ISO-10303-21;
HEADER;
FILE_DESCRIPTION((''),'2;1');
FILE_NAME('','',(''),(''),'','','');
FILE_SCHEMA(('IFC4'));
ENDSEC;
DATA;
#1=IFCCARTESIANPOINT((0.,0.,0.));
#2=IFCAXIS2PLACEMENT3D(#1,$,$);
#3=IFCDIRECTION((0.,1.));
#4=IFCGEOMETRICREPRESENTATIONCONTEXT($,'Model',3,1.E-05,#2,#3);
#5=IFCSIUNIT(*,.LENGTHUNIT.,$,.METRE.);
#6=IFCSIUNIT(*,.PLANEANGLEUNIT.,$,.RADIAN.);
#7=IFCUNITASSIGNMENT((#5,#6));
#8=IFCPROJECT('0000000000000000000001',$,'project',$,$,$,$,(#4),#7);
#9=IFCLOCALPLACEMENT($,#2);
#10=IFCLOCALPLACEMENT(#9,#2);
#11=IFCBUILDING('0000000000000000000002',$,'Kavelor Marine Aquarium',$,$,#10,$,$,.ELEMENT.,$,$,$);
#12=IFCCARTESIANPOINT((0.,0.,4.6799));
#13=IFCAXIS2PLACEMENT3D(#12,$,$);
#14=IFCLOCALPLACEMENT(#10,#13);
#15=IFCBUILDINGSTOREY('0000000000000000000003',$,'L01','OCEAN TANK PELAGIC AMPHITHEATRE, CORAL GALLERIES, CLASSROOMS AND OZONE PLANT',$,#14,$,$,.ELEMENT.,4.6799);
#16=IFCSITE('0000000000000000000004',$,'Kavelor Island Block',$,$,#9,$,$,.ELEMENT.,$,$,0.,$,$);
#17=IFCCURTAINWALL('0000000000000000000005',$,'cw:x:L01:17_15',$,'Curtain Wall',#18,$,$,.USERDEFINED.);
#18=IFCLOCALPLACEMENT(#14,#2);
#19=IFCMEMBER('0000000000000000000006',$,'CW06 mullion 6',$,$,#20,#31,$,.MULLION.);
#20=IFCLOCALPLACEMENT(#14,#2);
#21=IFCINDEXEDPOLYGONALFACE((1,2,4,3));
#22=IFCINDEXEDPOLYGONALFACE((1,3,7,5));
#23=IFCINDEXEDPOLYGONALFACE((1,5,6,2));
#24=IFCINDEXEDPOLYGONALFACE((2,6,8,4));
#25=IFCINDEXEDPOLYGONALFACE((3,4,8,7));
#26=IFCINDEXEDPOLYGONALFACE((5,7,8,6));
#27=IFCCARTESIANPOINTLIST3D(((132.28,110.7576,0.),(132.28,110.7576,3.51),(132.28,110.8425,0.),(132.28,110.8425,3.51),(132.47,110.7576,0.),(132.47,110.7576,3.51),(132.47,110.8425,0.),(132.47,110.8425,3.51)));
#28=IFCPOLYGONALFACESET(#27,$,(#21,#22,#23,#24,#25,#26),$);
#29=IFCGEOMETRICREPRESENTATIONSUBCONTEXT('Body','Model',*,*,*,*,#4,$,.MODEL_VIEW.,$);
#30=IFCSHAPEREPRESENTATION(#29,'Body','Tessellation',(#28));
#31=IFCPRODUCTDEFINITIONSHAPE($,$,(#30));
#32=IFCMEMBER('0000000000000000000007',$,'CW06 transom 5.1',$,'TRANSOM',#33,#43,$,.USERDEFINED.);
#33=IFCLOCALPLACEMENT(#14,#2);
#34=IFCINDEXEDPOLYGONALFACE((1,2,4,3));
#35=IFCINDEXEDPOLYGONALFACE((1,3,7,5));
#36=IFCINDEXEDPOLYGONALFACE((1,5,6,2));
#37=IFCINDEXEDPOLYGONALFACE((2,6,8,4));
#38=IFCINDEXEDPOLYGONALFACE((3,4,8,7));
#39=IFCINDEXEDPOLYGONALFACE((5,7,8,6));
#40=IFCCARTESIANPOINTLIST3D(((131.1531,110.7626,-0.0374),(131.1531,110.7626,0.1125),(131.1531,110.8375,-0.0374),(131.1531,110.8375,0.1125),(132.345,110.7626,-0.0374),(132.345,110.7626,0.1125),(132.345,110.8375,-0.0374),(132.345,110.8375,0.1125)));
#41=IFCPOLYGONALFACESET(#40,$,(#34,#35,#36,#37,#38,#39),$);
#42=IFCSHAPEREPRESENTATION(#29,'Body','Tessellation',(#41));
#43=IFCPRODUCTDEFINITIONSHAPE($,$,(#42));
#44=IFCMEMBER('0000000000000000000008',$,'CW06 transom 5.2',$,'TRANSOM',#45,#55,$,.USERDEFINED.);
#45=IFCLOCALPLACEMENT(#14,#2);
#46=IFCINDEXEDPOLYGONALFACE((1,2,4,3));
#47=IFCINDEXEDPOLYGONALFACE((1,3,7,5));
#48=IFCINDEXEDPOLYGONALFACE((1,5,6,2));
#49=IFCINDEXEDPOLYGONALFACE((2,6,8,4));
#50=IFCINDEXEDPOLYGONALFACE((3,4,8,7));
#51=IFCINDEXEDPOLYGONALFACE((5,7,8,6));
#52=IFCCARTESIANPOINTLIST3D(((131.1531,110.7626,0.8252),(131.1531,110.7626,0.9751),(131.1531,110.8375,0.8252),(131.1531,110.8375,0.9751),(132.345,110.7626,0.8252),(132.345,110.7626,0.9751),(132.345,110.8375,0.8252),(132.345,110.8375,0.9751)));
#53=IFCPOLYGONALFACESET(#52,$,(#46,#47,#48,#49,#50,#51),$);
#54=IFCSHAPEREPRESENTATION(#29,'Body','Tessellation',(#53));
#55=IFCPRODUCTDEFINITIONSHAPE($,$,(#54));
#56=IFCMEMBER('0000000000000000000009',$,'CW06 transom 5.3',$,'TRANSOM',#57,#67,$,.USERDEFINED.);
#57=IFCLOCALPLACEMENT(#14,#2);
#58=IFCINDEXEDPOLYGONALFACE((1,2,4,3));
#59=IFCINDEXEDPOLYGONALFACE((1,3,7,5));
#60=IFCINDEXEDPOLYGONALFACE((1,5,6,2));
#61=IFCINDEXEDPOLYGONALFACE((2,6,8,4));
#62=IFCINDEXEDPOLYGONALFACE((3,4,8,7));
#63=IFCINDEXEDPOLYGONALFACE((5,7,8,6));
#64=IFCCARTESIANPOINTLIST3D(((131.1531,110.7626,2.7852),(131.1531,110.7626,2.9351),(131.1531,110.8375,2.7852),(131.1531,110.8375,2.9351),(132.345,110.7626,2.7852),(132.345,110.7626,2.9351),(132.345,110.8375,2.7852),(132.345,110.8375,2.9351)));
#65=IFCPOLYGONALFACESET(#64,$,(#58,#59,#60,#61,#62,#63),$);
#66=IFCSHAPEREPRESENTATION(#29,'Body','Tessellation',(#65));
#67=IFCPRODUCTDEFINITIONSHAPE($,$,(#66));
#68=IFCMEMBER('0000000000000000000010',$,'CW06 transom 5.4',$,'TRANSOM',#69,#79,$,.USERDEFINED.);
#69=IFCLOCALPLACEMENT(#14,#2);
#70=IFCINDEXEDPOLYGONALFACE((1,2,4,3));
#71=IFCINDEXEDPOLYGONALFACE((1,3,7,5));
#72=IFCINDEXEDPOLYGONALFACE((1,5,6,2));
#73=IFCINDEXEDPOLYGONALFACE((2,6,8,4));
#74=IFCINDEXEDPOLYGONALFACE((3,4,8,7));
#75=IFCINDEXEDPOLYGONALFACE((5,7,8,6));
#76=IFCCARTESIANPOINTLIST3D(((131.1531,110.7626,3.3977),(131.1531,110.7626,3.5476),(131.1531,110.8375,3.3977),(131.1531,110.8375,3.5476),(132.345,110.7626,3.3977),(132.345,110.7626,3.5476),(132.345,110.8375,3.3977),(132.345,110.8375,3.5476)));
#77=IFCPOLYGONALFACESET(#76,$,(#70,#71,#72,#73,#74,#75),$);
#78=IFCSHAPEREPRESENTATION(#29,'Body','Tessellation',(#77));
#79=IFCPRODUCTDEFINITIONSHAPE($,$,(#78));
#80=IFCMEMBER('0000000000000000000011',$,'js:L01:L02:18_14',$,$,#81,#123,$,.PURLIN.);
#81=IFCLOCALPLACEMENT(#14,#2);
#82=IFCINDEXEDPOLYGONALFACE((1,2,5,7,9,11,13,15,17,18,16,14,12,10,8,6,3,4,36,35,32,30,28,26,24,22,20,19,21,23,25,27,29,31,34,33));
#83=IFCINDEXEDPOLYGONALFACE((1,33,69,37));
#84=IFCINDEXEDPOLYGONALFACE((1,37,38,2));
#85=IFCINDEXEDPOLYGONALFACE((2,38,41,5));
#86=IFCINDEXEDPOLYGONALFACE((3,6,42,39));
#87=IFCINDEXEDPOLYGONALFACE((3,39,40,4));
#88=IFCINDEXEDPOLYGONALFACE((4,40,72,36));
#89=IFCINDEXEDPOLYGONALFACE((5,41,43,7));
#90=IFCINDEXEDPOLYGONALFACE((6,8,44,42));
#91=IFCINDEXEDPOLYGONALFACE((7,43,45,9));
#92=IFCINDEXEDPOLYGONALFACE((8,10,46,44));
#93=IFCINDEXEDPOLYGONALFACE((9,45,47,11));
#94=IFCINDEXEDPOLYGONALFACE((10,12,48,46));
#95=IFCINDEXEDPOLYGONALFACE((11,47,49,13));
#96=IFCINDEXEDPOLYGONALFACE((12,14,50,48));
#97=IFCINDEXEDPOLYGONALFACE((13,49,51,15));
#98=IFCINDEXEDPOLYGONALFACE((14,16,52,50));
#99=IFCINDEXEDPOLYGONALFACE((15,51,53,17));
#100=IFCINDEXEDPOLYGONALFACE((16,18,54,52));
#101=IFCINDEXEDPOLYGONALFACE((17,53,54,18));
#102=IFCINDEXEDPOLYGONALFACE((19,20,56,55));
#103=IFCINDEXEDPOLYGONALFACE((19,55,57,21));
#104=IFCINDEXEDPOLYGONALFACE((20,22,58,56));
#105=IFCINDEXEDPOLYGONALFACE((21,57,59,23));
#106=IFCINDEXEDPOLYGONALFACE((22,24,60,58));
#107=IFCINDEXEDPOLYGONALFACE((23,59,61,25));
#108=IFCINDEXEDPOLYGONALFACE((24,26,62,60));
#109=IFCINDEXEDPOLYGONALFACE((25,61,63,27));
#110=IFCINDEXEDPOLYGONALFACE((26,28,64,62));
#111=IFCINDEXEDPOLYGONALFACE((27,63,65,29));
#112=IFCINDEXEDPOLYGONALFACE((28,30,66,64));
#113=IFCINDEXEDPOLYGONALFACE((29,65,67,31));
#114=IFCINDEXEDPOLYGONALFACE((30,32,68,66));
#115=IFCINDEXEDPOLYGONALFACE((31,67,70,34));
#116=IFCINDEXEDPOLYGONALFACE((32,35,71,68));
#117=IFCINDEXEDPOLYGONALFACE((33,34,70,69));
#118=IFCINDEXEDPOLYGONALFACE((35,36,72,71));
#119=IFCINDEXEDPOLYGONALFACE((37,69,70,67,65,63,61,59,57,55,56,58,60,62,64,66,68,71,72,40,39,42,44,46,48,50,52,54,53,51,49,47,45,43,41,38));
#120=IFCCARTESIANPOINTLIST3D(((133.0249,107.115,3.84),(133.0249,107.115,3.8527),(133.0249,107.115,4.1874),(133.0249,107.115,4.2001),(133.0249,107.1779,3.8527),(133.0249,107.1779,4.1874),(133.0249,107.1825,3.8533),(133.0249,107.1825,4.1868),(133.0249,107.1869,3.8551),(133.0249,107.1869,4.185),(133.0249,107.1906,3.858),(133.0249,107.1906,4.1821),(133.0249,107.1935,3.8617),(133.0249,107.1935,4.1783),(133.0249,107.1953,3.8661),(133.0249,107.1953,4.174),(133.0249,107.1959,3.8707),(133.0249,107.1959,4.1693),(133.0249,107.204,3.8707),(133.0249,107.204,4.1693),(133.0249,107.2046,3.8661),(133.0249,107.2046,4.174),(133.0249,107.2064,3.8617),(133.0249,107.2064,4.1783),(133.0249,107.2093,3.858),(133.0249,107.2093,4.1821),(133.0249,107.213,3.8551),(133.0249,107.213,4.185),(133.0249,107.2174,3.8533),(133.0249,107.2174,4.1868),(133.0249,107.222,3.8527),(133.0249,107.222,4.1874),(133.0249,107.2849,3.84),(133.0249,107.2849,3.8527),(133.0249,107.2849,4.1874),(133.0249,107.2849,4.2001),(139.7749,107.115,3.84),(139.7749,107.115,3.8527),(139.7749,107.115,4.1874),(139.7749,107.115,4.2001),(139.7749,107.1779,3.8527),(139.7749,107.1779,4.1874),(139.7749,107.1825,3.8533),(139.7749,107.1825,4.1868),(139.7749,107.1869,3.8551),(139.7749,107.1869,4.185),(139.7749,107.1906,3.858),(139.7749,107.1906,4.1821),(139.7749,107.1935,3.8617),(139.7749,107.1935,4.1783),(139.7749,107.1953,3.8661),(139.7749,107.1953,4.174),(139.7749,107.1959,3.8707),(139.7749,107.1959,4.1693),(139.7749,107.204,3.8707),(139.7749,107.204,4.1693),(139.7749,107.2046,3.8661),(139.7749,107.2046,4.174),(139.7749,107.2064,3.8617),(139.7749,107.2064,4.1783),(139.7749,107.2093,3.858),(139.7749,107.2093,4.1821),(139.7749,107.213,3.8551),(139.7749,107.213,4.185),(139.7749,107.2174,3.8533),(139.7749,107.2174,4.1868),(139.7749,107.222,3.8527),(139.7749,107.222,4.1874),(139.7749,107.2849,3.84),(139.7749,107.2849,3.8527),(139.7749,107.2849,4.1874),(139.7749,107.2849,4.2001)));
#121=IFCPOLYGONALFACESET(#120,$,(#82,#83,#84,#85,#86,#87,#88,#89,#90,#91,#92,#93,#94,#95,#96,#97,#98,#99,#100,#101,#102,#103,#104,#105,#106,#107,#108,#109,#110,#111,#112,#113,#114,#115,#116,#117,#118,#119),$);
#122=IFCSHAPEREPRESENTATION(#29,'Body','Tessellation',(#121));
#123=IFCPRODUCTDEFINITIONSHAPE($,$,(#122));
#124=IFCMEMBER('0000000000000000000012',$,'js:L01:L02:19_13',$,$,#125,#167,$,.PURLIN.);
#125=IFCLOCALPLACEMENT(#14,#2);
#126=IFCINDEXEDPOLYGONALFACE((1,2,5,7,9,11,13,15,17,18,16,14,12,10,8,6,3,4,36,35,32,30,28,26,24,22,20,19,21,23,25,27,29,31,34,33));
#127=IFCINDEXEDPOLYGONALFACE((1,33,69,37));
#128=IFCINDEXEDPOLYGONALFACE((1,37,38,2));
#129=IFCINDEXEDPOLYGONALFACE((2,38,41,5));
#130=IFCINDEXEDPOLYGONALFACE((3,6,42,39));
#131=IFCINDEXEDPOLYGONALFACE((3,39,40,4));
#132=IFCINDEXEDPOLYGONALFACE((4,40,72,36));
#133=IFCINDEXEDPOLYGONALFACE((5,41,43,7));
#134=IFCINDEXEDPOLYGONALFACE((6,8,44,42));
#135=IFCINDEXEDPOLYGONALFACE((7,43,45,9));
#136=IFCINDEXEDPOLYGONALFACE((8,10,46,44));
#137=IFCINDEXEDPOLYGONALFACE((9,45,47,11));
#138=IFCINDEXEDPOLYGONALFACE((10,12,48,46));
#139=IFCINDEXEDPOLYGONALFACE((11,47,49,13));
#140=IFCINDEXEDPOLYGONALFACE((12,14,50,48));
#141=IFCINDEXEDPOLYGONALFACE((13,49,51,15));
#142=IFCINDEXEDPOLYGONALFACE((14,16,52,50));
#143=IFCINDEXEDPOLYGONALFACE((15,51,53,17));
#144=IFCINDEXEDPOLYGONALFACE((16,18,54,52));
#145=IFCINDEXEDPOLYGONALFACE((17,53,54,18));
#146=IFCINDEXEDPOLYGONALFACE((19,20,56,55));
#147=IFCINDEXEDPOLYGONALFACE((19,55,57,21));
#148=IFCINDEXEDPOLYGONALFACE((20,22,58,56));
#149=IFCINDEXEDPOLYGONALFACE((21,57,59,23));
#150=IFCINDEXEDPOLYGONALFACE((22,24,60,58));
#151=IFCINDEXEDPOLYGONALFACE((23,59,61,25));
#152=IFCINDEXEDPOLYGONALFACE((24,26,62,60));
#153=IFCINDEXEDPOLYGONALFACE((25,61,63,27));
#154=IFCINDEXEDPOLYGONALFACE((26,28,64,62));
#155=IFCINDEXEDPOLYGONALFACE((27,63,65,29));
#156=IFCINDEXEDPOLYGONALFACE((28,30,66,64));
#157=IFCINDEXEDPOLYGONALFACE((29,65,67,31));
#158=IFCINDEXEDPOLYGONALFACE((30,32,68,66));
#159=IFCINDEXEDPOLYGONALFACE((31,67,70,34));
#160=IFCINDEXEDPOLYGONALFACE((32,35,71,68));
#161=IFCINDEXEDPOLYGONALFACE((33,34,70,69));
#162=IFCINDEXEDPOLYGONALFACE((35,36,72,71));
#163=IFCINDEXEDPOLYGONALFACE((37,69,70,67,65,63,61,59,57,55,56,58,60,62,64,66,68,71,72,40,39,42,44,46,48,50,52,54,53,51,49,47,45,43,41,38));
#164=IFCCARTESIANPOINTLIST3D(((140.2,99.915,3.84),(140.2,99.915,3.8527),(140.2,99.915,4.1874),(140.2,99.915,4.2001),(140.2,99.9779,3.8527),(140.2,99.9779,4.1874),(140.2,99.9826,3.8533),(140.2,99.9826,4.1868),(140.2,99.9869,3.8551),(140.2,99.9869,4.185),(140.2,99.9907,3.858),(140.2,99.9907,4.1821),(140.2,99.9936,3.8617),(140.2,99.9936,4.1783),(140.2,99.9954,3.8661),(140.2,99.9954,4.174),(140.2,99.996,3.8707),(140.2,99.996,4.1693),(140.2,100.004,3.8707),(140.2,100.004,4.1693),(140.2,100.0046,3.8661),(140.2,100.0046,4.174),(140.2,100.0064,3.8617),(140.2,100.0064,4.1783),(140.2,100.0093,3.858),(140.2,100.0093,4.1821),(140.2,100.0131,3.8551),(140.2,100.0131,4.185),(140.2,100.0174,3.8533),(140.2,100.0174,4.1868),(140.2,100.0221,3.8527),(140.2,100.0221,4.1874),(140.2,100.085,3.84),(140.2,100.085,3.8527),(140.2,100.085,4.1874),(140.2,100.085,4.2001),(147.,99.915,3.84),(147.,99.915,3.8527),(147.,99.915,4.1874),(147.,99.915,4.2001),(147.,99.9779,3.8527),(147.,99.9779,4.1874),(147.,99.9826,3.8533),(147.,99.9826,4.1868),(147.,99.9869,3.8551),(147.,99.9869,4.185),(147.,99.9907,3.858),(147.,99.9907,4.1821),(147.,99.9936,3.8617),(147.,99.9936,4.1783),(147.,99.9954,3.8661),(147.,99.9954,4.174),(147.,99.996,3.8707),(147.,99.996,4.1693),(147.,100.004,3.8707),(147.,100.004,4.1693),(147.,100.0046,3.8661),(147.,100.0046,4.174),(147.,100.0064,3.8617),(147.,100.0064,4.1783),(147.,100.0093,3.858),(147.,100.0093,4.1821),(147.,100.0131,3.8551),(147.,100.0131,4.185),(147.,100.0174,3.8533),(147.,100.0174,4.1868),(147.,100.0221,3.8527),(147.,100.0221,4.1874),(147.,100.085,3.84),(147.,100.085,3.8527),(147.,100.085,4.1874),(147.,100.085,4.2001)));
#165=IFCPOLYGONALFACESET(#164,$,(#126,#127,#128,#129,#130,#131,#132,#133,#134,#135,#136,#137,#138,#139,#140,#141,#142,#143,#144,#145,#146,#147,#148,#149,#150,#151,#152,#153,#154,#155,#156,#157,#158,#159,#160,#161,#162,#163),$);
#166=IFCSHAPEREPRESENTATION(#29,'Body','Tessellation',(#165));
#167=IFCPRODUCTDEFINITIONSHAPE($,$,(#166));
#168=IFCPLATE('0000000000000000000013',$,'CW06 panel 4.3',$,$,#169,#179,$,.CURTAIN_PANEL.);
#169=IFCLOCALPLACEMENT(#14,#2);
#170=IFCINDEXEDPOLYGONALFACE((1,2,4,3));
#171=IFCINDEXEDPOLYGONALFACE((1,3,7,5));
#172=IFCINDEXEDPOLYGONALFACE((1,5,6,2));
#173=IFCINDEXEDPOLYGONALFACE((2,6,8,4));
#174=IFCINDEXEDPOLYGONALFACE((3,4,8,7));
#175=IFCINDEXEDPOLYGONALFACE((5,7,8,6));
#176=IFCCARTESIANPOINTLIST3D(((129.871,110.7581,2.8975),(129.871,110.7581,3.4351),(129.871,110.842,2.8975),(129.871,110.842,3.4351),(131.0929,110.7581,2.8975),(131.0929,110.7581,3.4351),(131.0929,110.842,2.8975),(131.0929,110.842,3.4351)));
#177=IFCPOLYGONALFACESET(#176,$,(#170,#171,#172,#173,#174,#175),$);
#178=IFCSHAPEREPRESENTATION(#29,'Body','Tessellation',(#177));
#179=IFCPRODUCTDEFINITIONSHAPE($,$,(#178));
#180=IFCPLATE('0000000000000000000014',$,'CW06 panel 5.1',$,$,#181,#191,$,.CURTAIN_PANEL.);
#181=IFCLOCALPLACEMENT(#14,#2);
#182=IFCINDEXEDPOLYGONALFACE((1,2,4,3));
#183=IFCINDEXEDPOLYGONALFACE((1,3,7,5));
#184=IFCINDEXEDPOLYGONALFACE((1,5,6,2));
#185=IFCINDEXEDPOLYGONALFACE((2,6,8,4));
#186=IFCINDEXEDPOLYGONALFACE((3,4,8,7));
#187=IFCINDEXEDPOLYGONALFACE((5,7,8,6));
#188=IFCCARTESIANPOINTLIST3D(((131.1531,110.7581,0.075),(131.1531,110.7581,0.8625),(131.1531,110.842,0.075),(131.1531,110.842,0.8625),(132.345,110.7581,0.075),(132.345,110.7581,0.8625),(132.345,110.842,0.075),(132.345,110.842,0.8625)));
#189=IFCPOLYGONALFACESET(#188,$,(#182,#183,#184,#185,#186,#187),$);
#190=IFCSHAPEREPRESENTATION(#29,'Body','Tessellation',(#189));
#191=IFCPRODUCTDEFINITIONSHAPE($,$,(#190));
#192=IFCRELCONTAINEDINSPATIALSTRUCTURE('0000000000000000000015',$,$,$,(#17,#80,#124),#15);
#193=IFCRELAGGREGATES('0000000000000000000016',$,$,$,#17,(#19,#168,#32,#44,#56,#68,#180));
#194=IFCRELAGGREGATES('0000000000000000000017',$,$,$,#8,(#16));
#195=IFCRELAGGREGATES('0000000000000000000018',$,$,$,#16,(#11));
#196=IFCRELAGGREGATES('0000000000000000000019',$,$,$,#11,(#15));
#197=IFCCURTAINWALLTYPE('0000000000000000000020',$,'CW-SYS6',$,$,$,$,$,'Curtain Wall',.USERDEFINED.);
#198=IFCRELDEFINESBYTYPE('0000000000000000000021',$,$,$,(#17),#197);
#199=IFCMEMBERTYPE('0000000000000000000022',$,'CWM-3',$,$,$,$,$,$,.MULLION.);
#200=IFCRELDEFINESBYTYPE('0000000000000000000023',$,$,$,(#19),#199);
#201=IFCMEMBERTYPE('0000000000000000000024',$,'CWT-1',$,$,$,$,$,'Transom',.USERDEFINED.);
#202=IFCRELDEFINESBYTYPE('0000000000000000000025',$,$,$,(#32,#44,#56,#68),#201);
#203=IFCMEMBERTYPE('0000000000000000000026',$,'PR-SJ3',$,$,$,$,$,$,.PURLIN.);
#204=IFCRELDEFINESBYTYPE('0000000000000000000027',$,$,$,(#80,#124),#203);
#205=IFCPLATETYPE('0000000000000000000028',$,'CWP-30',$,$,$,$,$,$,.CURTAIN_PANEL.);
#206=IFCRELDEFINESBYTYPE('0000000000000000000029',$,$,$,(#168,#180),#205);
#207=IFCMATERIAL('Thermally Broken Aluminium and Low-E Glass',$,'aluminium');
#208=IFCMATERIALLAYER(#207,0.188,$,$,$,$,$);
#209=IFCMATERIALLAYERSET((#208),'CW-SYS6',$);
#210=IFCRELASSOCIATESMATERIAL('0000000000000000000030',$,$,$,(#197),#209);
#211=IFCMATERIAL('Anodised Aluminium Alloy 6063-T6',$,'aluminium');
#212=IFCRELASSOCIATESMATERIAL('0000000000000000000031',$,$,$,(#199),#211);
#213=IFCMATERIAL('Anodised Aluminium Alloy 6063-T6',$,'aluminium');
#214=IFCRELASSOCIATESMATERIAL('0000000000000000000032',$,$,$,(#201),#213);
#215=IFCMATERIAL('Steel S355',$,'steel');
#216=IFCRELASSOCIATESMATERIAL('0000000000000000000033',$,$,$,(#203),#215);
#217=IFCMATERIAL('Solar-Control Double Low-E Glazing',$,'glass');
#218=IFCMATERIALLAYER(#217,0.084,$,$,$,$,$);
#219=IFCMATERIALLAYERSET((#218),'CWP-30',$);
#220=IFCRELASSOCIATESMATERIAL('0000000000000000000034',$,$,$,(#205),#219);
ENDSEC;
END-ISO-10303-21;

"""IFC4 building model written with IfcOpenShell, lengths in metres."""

from ifc_helpers import new_model, si_unit, direction, frame, origin, origin_2d, place, context, subcontext, project, spatial, rectangle, i_section, extrude, material, layer, layer_set, material_profile, profile_set, type_object, element, aggregate, save


model = new_model("IFC4")

# Units and contexts
model_context = context("Model", 3, precision=1e-05, world=origin(), true_north=direction((0.0, 1.0)))
body_context = subcontext(model_context, "Body", "Model", "MODEL_VIEW")
ifc_project = project(units=[si_unit("LENGTHUNIT", "METRE"), si_unit("PLANEANGLEUNIT", "RADIAN")], contexts=[model_context])

# Site, building, storey
site_placement = place(None, origin())
site = spatial("IfcSite", under=ifc_project, at=site_placement, Name="Kavelor Island Block", CompositionType="ELEMENT", RefElevation=0.0)
building_placement = place(site_placement, origin())
building = spatial("IfcBuilding", under=site, at=building_placement, Name="Kavelor Marine Aquarium", CompositionType="ELEMENT")
storey_placement = place(building_placement, frame((0.0, 0.0, 4.6799)))
storey = spatial("IfcBuildingStorey", under=building, at=storey_placement, Name="L01", Description="OCEAN TANK PELAGIC AMPHITHEATRE, CORAL GALLERIES, CLASSROOMS AND OZONE PLANT", CompositionType="ELEMENT", Elevation=4.6799)

# Curtain wall, members
ifc_material_1 = material(Name="Thermally Broken Aluminium and Low-E Glass", Category="aluminium")
ifc_layer_1 = layer(ifc_material_1, 0.188)
ifc_layer_set_1 = layer_set([ifc_layer_1], Name="CW-SYS6")
curtain_wall_type = type_object("IfcCurtainWallType", Name="CW-SYS6", ElementType="Curtain Wall", PredefinedType="USERDEFINED", material=ifc_layer_set_1)
curtain_wall_placement = place(storey_placement, origin())
curtain_wall = element("IfcCurtainWall", 1, at=curtain_wall_placement, inside=storey, type_object=curtain_wall_type, Name="cw:x:L01:17_15", ObjectType="Curtain Wall", PredefinedType="USERDEFINED")
ifc_material_2 = material(Name="Anodised Aluminium Alloy 6063-T6", Category="aluminium")
ifc_material_profile_1 = material_profile(ifc_material_2, rectangle(XDim=0.085, YDim=0.1899, at=origin_2d()), Name="CW-MUL 85x190")
ifc_profile_set_1 = profile_set([ifc_material_profile_1], Name="Anodised Aluminium Alloy 6063-T6")
member_type_1 = type_object("IfcMemberType", Name="CWM-3", PredefinedType="MULLION", material=ifc_profile_set_1)
member_1_placement = place(storey_placement, frame((132.375, 110.8, 0.0), z_axis=(0.0, 0.0, 1.0), x_axis=(0.0, 1.0, 0.0)))
member_1 = element("IfcMember", 2, at=member_1_placement, type_object=member_type_1, Name="CW06 mullion 6", PredefinedType="MULLION", context=body_context, shape_type="SweptSolid", body=[
    extrude(rectangle(XDim=0.085, YDim=0.1899, at=origin_2d()), origin(), (0.0, 0.0, 1.0), 3.51),
])
ifc_material_3 = material(Name="Anodised Aluminium Alloy 6063-T6", Category="aluminium")
ifc_material_profile_2 = material_profile(ifc_material_3, rectangle(XDim=0.075, YDim=0.1499, at=origin_2d()), Name="CW-TRN 75x150")
ifc_profile_set_2 = profile_set([ifc_material_profile_2], Name="Anodised Aluminium Alloy 6063-T6")
member_type_2 = type_object("IfcMemberType", Name="CWT-1", ElementType="Transom", PredefinedType="USERDEFINED", material=ifc_profile_set_2)
member_2_placement = place(storey_placement, frame((131.1531, 110.8, 0.0376), z_axis=(1.0, 0.0, 0.0), x_axis=(0.0, 1.0, 0.0)))
member_2 = element("IfcMember", 3, at=member_2_placement, type_object=member_type_2, Name="CW06 transom 5.1", ObjectType="TRANSOM", PredefinedType="USERDEFINED", context=body_context, shape_type="SweptSolid", body=[
    extrude(rectangle(XDim=0.075, YDim=0.1499, at=origin_2d()), origin(), (0.0, 0.0, 1.0), 1.1919),
])
member_3_placement = place(storey_placement, frame((131.1531, 110.8, 0.9001), z_axis=(1.0, 0.0, 0.0), x_axis=(0.0, 1.0, 0.0)))
member_3 = element("IfcMember", 4, at=member_3_placement, type_object=member_type_2, Name="CW06 transom 5.2", ObjectType="TRANSOM", PredefinedType="USERDEFINED", context=body_context, shape_type="SweptSolid", body=[
    extrude(rectangle(XDim=0.075, YDim=0.1499, at=origin_2d()), origin(), (0.0, 0.0, 1.0), 1.1919),
])
member_4_placement = place(storey_placement, frame((131.1531, 110.8, 2.8601), z_axis=(1.0, 0.0, 0.0), x_axis=(0.0, 1.0, 0.0)))
member_4 = element("IfcMember", 5, at=member_4_placement, type_object=member_type_2, Name="CW06 transom 5.3", ObjectType="TRANSOM", PredefinedType="USERDEFINED", context=body_context, shape_type="SweptSolid", body=[
    extrude(rectangle(XDim=0.075, YDim=0.1499, at=origin_2d()), origin(), (0.0, 0.0, 1.0), 1.1919),
])
member_5_placement = place(storey_placement, frame((131.1531, 110.8, 3.4727), z_axis=(1.0, 0.0, 0.0), x_axis=(0.0, 1.0, 0.0)))
member_5 = element("IfcMember", 6, at=member_5_placement, type_object=member_type_2, Name="CW06 transom 5.4", ObjectType="TRANSOM", PredefinedType="USERDEFINED", context=body_context, shape_type="SweptSolid", body=[
    extrude(rectangle(XDim=0.075, YDim=0.1499, at=origin_2d()), origin(), (0.0, 0.0, 1.0), 1.1919),
])

# Members
ifc_material_4 = material(Name="Steel S355", Category="steel")
ifc_material_profile_3 = material_profile(ifc_material_4, i_section(OverallWidth=0.1699, OverallDepth=0.3601, WebThickness=0.0081, FlangeThickness=0.0127, FilletRadius=0.0181, at=origin_2d()), Name="IPE 360")
ifc_profile_set_3 = profile_set([ifc_material_profile_3], Name="Steel S355")
member_type_3 = type_object("IfcMemberType", Name="PR-SJ3", PredefinedType="PURLIN", material=ifc_profile_set_3)
member_6_placement = place(storey_placement, frame((133.0249, 107.2, 4.02), z_axis=(1.0, 0.0, 0.0), x_axis=(0.0, 1.0, 0.0)))
element("IfcMember", 7, at=member_6_placement, inside=storey, type_object=member_type_3, Name="js:L01:L02:18_14", PredefinedType="PURLIN", context=body_context, shape_type="SweptSolid", body=[
    extrude(i_section(OverallWidth=0.1699, OverallDepth=0.3601, WebThickness=0.0081, FlangeThickness=0.0127, FilletRadius=0.0181, at=origin_2d()), origin(), (0.0, 0.0, 1.0), 6.75),
])
member_7_placement = place(storey_placement, frame((140.2, 100.0, 4.02), z_axis=(1.0, 0.0, 0.0), x_axis=(0.0, 1.0, 0.0)))
element("IfcMember", 8, at=member_7_placement, inside=storey, type_object=member_type_3, Name="js:L01:L02:19_13", PredefinedType="PURLIN", context=body_context, shape_type="SweptSolid", body=[
    extrude(i_section(OverallWidth=0.1699, OverallDepth=0.3601, WebThickness=0.0081, FlangeThickness=0.0127, FilletRadius=0.0181, at=origin_2d()), origin(), (0.0, 0.0, 1.0), 6.8),
])

# Plates
ifc_material_5 = material(Name="Solar-Control Double Low-E Glazing", Category="glass")
ifc_layer_2 = layer(ifc_material_5, 0.084)
ifc_layer_set_2 = layer_set([ifc_layer_2], Name="CWP-30")
plate_type = type_object("IfcPlateType", Name="CWP-30", PredefinedType="CURTAIN_PANEL", material=ifc_layer_set_2)
plate_1_placement = place(storey_placement, frame((130.4819, 110.8, 2.8975), z_axis=(0.0, 0.0, 1.0), x_axis=(1.0, 0.0, 0.0)))
plate_1 = element("IfcPlate", 9, at=plate_1_placement, type_object=plate_type, Name="CW06 panel 4.3", PredefinedType="CURTAIN_PANEL", context=body_context, shape_type="SweptSolid", body=[
    extrude(rectangle(XDim=1.2219, YDim=0.084, at=origin_2d()), origin(), (0.0, 0.0, 1.0), 0.5376),
])
plate_2_placement = place(storey_placement, frame((131.749, 110.8, 0.075), z_axis=(0.0, 0.0, 1.0), x_axis=(1.0, 0.0, 0.0)))
plate_2 = element("IfcPlate", 10, at=plate_2_placement, type_object=plate_type, Name="CW06 panel 5.1", PredefinedType="CURTAIN_PANEL", context=body_context, shape_type="SweptSolid", body=[
    extrude(rectangle(XDim=1.1919, YDim=0.084, at=origin_2d()), origin(), (0.0, 0.0, 1.0), 0.7876),
])
aggregate(curtain_wall, [member_1, plate_1, member_2, member_3, member_4, member_5, plate_2])

save(model, "model.ifc")
